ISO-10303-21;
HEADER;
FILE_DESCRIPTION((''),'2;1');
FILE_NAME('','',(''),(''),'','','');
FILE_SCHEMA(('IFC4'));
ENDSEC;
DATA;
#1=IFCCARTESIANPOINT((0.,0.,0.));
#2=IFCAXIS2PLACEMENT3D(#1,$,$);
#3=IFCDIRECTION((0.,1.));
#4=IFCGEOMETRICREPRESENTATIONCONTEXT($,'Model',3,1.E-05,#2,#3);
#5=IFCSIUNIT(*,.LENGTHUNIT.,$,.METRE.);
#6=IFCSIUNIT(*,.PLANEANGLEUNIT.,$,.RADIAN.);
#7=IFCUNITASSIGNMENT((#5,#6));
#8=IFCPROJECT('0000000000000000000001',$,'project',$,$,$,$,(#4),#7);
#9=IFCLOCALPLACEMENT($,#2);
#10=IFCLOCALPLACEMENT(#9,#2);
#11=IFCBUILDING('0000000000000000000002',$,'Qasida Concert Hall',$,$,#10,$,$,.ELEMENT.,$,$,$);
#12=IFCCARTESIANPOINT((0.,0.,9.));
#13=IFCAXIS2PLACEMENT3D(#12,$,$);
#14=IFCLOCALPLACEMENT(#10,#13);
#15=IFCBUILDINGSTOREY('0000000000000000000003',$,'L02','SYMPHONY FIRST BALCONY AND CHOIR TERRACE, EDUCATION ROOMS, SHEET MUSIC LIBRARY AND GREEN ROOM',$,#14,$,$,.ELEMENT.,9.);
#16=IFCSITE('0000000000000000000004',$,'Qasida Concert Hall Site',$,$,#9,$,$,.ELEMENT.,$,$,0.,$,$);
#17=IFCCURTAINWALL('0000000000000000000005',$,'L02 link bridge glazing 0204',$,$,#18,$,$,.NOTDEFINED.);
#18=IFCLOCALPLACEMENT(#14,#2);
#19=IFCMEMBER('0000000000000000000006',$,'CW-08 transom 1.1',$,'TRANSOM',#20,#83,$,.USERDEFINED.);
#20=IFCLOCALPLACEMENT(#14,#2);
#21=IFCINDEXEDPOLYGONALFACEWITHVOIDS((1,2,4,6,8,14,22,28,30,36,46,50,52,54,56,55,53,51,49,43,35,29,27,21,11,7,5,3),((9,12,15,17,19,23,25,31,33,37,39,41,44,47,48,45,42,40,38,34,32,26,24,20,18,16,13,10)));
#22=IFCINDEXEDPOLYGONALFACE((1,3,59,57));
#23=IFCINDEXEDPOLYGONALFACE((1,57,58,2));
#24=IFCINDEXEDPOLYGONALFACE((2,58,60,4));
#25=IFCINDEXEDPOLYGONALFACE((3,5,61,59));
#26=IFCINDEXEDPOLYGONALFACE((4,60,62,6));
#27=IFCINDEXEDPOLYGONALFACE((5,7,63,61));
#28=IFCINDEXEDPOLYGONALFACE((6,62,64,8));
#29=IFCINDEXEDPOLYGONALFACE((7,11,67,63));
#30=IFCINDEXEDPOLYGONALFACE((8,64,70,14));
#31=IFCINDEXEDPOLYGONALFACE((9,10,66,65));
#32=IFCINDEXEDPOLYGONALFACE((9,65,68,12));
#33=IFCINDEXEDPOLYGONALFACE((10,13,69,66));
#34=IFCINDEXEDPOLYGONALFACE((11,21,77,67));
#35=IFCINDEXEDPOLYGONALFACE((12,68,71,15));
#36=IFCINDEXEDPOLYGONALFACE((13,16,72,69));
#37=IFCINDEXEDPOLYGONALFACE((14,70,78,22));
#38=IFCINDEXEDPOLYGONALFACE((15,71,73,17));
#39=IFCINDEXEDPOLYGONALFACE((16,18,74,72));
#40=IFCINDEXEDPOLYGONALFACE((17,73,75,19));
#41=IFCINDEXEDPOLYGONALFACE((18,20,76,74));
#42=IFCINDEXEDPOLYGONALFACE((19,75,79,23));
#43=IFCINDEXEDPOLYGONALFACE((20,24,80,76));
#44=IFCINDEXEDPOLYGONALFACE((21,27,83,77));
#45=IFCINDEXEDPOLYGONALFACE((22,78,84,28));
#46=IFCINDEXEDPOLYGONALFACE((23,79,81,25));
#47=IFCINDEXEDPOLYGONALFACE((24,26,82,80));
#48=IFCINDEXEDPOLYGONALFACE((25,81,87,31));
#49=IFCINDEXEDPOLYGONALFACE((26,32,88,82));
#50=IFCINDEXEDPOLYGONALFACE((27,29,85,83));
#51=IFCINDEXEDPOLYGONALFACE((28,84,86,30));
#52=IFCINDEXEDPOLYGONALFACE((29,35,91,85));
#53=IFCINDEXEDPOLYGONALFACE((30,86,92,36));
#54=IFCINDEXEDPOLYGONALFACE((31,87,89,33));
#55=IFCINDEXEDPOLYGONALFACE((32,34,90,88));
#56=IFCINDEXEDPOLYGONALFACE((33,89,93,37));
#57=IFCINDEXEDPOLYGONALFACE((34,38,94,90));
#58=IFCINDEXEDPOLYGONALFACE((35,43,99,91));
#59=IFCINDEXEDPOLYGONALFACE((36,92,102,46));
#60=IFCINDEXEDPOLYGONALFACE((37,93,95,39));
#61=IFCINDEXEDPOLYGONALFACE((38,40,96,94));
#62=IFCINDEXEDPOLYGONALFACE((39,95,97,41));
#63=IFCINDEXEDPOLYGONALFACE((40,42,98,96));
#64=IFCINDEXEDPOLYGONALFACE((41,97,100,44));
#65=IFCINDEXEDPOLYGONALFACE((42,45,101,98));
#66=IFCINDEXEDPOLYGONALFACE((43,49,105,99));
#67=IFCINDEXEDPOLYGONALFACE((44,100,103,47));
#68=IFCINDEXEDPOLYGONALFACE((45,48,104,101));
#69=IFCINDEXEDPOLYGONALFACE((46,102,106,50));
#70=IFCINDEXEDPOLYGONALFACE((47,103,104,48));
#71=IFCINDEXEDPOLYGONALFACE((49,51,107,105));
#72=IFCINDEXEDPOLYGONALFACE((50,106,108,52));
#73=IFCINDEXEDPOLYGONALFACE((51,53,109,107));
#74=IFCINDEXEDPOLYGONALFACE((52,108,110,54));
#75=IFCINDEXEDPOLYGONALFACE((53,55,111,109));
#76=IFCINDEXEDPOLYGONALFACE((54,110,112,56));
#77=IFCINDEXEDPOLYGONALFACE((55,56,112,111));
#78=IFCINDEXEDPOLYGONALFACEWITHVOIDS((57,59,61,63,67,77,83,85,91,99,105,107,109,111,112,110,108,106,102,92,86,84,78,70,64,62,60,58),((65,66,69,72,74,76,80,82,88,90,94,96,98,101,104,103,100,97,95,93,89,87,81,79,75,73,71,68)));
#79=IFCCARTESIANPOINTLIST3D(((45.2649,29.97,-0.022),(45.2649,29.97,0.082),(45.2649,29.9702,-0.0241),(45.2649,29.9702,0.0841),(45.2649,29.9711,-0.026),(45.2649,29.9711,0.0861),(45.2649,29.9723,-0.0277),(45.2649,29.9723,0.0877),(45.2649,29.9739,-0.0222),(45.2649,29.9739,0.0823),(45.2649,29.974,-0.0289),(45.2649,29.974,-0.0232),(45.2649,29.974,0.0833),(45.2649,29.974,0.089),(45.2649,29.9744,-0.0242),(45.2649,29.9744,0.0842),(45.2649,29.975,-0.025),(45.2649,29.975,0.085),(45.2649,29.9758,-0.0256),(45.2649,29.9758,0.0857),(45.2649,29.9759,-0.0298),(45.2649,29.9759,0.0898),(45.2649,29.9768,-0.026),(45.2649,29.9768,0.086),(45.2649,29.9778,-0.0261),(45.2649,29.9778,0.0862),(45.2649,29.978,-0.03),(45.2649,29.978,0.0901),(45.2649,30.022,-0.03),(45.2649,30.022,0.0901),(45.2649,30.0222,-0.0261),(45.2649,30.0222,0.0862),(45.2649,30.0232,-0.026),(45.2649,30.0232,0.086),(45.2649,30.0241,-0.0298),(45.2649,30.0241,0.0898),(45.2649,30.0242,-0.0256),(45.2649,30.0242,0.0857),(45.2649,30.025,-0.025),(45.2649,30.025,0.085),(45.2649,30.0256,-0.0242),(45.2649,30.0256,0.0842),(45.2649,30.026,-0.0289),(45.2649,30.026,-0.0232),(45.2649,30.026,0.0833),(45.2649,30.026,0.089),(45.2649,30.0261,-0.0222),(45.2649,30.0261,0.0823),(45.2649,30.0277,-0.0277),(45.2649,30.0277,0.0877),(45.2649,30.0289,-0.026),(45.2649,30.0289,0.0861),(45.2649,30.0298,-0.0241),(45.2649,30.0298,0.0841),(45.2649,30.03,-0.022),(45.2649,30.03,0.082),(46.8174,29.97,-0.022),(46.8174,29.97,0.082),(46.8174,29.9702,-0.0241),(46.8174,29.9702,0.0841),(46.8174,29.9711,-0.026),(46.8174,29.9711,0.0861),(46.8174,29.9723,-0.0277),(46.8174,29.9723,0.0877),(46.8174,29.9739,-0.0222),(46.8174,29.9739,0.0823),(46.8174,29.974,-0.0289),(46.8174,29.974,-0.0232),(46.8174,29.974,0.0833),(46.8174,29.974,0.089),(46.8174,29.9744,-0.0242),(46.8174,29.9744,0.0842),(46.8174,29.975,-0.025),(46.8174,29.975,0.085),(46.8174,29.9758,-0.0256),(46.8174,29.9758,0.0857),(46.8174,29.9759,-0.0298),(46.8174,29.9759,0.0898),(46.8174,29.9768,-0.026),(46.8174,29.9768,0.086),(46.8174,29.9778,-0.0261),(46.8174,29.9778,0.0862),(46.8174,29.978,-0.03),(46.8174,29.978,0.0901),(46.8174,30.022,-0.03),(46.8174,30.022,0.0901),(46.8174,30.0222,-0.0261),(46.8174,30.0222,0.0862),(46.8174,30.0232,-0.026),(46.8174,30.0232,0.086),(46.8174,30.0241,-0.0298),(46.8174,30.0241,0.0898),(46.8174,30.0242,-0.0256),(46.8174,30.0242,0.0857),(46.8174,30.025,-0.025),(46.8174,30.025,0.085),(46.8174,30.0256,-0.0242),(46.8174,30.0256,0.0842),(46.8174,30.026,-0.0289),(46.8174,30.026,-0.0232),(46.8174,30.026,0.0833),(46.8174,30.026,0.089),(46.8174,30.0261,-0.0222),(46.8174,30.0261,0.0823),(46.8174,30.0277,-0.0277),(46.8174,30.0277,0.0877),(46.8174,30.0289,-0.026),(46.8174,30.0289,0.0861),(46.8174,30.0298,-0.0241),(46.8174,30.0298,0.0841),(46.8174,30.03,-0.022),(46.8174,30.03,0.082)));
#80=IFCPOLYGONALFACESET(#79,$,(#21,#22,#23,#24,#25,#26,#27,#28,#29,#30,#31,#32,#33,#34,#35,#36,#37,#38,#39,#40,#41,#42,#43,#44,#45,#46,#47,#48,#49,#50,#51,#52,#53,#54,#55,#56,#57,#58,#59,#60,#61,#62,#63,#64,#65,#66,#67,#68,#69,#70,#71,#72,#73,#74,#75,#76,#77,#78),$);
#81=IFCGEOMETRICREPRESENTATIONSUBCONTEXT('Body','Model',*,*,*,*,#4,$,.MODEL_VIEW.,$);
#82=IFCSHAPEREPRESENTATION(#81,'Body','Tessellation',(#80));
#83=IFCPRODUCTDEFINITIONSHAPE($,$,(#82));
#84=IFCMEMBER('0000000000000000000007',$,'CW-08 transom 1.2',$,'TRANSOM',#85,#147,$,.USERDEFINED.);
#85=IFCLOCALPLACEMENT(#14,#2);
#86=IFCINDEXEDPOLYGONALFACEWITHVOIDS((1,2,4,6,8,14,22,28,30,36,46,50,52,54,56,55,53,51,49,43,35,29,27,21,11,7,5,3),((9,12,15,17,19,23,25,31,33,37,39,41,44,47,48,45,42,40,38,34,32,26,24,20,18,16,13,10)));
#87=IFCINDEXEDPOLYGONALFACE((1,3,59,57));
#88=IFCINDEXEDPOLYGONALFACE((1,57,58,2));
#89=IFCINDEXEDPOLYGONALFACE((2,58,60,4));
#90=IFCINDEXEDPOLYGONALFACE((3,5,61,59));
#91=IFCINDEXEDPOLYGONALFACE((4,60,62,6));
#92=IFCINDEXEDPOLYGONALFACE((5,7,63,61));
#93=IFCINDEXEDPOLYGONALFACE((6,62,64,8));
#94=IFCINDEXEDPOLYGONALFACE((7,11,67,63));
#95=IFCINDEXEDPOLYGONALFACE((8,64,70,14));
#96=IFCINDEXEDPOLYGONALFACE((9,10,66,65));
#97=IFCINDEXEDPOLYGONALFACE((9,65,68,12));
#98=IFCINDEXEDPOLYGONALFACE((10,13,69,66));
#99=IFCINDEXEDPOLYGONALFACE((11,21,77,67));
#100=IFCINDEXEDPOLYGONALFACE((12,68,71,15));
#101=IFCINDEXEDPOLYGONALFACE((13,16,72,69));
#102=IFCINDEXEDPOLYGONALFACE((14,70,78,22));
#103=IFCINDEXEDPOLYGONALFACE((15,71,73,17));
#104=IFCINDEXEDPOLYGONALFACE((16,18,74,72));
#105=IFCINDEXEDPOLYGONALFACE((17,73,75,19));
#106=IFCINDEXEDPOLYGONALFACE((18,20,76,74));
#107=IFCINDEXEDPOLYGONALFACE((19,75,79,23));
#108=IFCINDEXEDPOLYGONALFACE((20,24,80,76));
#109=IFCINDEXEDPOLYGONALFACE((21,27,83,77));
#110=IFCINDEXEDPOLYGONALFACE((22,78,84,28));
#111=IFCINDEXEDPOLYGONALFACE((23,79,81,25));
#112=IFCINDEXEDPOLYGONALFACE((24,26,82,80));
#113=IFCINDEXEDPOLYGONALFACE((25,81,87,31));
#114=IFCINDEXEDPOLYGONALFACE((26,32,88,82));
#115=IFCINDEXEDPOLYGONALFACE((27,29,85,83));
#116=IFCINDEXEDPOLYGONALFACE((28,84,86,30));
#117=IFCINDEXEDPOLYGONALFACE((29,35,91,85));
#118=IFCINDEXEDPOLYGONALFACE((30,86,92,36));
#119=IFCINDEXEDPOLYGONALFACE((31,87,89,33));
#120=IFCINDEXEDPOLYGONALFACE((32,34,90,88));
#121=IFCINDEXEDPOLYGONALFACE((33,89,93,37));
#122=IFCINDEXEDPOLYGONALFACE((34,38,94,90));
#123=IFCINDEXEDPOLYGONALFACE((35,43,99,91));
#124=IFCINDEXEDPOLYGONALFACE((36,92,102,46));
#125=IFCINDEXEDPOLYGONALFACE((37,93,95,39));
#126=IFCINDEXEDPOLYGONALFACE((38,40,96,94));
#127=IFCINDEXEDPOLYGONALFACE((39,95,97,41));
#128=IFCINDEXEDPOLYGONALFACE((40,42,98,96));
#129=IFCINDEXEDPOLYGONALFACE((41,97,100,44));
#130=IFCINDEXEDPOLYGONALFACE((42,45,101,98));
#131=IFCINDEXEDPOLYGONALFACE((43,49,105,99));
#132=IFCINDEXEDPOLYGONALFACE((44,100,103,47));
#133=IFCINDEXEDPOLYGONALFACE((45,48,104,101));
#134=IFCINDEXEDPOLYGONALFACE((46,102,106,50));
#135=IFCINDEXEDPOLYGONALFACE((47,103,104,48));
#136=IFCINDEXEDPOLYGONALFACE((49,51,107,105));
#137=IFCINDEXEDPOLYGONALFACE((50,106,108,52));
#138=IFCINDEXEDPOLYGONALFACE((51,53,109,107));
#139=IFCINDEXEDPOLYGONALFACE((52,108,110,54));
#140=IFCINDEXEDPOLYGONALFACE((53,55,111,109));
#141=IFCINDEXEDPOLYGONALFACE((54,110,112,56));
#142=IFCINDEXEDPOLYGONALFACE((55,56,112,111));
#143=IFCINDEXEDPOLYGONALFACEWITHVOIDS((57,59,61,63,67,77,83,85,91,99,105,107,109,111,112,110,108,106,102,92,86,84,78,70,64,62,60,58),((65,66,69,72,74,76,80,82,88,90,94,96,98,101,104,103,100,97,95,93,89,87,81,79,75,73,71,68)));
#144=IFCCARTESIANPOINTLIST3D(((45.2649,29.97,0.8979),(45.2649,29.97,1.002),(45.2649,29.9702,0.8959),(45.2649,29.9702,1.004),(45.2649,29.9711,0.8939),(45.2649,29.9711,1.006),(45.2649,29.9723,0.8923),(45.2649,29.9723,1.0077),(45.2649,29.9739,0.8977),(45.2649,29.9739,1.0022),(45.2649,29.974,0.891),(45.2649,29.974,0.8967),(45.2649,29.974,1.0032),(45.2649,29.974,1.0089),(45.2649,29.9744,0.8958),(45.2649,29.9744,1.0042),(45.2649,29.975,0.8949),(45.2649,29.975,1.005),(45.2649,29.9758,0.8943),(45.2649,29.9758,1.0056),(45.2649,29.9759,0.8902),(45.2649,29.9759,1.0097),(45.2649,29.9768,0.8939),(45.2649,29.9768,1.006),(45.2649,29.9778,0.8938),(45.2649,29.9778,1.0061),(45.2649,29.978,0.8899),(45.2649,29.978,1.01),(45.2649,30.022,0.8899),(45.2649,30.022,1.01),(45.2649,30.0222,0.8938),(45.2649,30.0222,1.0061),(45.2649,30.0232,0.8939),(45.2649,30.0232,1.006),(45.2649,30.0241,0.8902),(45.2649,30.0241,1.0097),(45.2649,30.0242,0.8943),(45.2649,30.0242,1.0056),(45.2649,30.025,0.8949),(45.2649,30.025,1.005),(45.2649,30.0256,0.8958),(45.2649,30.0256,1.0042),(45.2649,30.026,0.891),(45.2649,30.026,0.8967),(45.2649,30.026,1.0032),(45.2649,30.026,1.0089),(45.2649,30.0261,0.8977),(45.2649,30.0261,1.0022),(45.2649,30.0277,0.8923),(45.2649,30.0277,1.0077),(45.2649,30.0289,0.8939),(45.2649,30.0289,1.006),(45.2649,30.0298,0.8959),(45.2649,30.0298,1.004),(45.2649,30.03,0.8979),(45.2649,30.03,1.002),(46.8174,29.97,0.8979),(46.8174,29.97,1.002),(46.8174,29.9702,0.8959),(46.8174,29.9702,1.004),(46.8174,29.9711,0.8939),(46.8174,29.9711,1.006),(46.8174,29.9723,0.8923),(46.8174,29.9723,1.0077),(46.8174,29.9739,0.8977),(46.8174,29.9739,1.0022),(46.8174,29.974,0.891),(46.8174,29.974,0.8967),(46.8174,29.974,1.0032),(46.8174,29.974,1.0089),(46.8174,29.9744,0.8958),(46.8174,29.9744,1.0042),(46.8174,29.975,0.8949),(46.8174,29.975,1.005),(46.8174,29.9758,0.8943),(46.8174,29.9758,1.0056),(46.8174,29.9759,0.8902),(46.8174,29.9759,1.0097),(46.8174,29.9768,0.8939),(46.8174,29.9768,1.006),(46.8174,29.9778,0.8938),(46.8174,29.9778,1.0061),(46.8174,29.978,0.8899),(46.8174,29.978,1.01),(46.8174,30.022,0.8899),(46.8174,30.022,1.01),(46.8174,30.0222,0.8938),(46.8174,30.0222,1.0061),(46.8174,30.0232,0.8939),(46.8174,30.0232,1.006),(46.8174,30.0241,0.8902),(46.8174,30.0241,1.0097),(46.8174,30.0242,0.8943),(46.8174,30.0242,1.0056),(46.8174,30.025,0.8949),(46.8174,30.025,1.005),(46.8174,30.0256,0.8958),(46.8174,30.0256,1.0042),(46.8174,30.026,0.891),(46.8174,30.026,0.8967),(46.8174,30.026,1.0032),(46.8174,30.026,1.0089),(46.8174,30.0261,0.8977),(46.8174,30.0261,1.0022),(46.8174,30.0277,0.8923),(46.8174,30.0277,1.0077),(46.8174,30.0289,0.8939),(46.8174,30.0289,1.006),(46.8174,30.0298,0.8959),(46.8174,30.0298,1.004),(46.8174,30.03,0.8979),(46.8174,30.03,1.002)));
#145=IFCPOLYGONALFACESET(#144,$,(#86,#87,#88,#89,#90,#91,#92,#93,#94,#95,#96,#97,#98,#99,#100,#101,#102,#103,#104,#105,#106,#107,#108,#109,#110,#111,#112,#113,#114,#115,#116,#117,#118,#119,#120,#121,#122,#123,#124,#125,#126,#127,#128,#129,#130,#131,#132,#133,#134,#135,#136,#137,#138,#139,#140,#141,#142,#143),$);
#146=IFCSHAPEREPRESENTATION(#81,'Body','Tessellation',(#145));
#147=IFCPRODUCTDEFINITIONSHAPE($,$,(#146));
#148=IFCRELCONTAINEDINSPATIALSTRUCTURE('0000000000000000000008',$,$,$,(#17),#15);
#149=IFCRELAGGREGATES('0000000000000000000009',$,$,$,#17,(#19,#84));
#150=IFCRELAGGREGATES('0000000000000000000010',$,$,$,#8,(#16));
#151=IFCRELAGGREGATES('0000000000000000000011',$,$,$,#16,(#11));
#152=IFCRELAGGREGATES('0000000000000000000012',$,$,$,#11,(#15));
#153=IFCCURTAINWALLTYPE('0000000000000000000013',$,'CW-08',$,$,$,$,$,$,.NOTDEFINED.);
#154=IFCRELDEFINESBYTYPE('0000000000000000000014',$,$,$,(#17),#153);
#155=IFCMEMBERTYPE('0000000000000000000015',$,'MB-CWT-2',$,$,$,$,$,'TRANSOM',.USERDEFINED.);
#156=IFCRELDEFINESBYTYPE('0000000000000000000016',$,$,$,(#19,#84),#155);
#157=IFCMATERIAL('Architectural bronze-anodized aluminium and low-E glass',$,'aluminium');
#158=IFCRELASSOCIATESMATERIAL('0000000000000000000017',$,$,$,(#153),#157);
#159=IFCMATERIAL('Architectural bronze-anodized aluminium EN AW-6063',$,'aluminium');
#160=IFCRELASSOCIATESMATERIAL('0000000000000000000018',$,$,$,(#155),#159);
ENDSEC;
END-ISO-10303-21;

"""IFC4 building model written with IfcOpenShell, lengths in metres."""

from ifc_helpers import new_model, si_unit, direction, frame, origin, origin_2d, place, context, subcontext, project, spatial, hollow_rectangle, extrude, material, material_profile, profile_set, type_object, element, aggregate, save


model = new_model("IFC4")

# Units and contexts
model_context = context("Model", 3, precision=1e-05, world=origin(), true_north=direction((0.0, 1.0)))
body_context = subcontext(model_context, "Body", "Model", "MODEL_VIEW")
ifc_project = project(units=[si_unit("LENGTHUNIT", "METRE"), si_unit("PLANEANGLEUNIT", "RADIAN")], contexts=[model_context])

# Site, building, storey
site_placement = place(None, origin())
site = spatial("IfcSite", under=ifc_project, at=site_placement, Name="Qasida Concert Hall Site", CompositionType="ELEMENT", RefElevation=0.0)
building_placement = place(site_placement, origin())
building = spatial("IfcBuilding", under=site, at=building_placement, Name="Qasida Concert Hall", CompositionType="ELEMENT")
storey_placement = place(building_placement, frame((0.0, 0.0, 9.0)))
storey = spatial("IfcBuildingStorey", under=building, at=storey_placement, Name="L02", Description="SYMPHONY FIRST BALCONY AND CHOIR TERRACE, EDUCATION ROOMS, SHEET MUSIC LIBRARY AND GREEN ROOM", CompositionType="ELEMENT", Elevation=9.0)

# Shared definitions
ifc_material_1 = material(Name="Architectural bronze-anodized aluminium and low-E glass", Category="aluminium")
curtain_wall_type = type_object("IfcCurtainWallType", Name="CW-08", PredefinedType="NOTDEFINED", material=ifc_material_1)
ifc_material_2 = material(Name="Architectural bronze-anodized aluminium EN AW-6063", Category="aluminium")

# Curtain wall
curtain_wall_1_placement = place(storey_placement, origin())
curtain_wall_1 = element("IfcCurtainWall", 1, at=curtain_wall_1_placement, inside=storey, type_object=curtain_wall_type, Name="L02 link bridge glazing 0204", PredefinedType="NOTDEFINED")

# Members
ifc_material_profile_1 = material_profile(ifc_material_2, hollow_rectangle(XDim=0.0601, YDim=0.1201, WallThickness=0.0039, InnerFilletRadius=0.0039, OuterFilletRadius=0.0081, at=origin_2d()), Name="CWT 120x60x4")
ifc_profile_set_1 = profile_set([ifc_material_profile_1], Name="Architectural bronze-anodized aluminium EN AW-6063")
member_type_1 = type_object("IfcMemberType", Name="MB-CWT-2", ElementType="TRANSOM", PredefinedType="USERDEFINED", material=ifc_profile_set_1)
member_1_placement = place(storey_placement, frame((45.2649, 30.0, 0.03), z_axis=(1.0, 0.0, 0.0), x_axis=(0.0, 1.0, 0.0)))
member_1 = element("IfcMember", 2, at=member_1_placement, type_object=member_type_1, Name="CW-08 transom 1.1", ObjectType="TRANSOM", PredefinedType="USERDEFINED", context=body_context, shape_type="SweptSolid", body=[
    extrude(hollow_rectangle(XDim=0.0601, YDim=0.1201, WallThickness=0.0039, InnerFilletRadius=0.0039, OuterFilletRadius=0.0081, at=origin_2d()), origin(), (0.0, 0.0, 1.0), 1.5525),
])
member_2_placement = place(storey_placement, frame((45.2649, 30.0, 0.95), z_axis=(1.0, 0.0, 0.0), x_axis=(0.0, 1.0, 0.0)))
member_2 = element("IfcMember", 3, at=member_2_placement, type_object=member_type_1, Name="CW-08 transom 1.2", ObjectType="TRANSOM", PredefinedType="USERDEFINED", context=body_context, shape_type="SweptSolid", body=[
    extrude(hollow_rectangle(XDim=0.0601, YDim=0.1201, WallThickness=0.0039, InnerFilletRadius=0.0039, OuterFilletRadius=0.0081, at=origin_2d()), origin(), (0.0, 0.0, 1.0), 1.5525),
])

aggregate(curtain_wall_1, [member_1, member_2])

save(model, "model.ifc")
